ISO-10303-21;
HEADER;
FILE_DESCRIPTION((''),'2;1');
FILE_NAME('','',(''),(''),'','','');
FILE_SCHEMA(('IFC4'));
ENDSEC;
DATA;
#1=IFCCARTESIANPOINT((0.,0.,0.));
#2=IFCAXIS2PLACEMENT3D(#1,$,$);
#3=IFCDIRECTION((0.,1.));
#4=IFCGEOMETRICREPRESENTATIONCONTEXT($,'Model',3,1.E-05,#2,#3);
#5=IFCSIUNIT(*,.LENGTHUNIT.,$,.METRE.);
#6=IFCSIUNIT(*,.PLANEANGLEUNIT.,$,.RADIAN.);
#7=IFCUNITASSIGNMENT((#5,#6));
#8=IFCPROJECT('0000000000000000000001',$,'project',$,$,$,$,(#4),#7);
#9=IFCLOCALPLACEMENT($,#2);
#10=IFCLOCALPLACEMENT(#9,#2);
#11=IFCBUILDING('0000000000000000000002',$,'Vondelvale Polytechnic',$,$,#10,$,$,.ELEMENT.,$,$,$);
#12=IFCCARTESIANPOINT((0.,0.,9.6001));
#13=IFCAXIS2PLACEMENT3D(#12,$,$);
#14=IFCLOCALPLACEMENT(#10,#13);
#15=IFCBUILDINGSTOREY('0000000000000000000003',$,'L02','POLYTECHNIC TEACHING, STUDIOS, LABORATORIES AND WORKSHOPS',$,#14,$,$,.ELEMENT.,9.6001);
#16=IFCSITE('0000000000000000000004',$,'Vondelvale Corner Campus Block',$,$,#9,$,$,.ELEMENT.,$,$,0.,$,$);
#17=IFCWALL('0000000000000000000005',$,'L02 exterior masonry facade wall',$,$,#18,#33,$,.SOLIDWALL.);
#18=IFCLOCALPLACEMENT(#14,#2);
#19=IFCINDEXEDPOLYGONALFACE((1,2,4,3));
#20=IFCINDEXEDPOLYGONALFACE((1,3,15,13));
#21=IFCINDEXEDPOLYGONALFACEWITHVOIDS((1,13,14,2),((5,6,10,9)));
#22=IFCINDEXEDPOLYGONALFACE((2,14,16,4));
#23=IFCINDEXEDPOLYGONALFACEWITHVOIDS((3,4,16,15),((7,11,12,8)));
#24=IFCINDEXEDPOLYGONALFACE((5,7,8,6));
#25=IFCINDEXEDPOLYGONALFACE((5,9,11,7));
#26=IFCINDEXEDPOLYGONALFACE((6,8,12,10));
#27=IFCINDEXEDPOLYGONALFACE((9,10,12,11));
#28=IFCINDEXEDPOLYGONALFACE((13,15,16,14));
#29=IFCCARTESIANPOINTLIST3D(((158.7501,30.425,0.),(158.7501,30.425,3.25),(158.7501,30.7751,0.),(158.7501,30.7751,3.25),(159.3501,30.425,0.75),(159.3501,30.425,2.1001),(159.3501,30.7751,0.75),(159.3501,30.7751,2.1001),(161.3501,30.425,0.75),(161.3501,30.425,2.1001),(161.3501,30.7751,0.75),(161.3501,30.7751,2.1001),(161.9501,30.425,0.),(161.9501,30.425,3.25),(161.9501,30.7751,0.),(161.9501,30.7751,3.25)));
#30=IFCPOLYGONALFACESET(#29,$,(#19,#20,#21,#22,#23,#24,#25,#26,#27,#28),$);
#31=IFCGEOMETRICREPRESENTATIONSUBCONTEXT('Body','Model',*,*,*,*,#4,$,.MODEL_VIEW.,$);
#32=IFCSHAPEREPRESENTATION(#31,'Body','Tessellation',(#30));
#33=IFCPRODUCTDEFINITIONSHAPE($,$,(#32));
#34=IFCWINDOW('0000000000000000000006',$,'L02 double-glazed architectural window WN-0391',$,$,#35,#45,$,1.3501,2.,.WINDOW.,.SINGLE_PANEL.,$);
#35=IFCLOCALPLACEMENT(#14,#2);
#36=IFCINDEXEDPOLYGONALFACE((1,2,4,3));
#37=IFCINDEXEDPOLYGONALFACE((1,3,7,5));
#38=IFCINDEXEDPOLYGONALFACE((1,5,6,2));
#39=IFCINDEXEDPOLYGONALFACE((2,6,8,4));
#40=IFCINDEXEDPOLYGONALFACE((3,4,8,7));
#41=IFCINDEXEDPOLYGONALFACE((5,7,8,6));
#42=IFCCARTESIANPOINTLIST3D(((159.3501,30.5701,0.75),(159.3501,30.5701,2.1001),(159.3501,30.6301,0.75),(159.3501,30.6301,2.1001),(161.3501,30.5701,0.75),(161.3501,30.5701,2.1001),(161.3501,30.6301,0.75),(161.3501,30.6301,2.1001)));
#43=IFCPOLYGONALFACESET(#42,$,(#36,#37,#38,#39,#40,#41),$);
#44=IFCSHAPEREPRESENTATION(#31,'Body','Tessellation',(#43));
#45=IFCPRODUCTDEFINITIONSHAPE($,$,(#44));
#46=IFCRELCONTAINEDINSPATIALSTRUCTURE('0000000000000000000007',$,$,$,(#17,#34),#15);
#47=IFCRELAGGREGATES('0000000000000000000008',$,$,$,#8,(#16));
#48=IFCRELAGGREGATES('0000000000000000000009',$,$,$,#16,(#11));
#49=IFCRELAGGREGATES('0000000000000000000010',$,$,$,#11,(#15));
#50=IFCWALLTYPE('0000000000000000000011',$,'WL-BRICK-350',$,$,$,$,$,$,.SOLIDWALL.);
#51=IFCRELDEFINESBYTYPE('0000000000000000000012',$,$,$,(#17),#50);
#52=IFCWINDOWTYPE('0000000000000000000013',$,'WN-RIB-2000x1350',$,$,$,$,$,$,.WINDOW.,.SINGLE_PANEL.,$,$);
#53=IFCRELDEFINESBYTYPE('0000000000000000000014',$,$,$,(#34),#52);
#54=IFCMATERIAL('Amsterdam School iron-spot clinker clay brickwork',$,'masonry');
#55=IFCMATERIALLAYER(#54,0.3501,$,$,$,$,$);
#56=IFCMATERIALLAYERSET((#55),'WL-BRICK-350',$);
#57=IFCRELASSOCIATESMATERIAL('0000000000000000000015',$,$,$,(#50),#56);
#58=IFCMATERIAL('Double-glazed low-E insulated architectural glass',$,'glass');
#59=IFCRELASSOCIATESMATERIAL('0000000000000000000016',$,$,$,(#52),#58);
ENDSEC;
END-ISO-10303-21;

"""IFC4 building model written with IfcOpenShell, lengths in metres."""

from ifc_helpers import new_model, si_unit, direction, frame, frame_2d, origin, place, context, subcontext, project, spatial, rectangle, extrude, material, layer, layer_set, type_object, element, fill, save


model = new_model("IFC4")

# Units and contexts
model_context = context("Model", 3, precision=1e-05, world=origin(), true_north=direction((0.0, 1.0)))
body_context = subcontext(model_context, "Body", "Model", "MODEL_VIEW")
ifc_project = project(units=[si_unit("LENGTHUNIT", "METRE"), si_unit("PLANEANGLEUNIT", "RADIAN")], contexts=[model_context])

# Site, building, storey
site_placement = place(None, origin())
site = spatial("IfcSite", under=ifc_project, at=site_placement, Name="Vondelvale Corner Campus Block", CompositionType="ELEMENT", RefElevation=0.0)
building_placement = place(site_placement, origin())
building = spatial("IfcBuilding", under=site, at=building_placement, Name="Vondelvale Polytechnic", CompositionType="ELEMENT")
storey_placement = place(building_placement, frame((0.0, 0.0, 9.6001)))
storey = spatial("IfcBuildingStorey", under=building, at=storey_placement, Name="L02", Description="POLYTECHNIC TEACHING, STUDIOS, LABORATORIES AND WORKSHOPS", CompositionType="ELEMENT", Elevation=9.6001)

# Shared definitions
ifc_material_1 = material(Name="Double-glazed low-E insulated architectural glass", Category="glass")

# Wall, opening, window
ifc_material_2 = material(Name="Amsterdam School iron-spot clinker clay brickwork", Category="masonry")
ifc_layer_1 = layer(ifc_material_2, 0.3501)
ifc_layer_set_1 = layer_set([ifc_layer_1], Name="WL-BRICK-350")
wall_type = type_object("IfcWallType", Name="WL-BRICK-350", PredefinedType="SOLIDWALL", material=ifc_layer_set_1)
wall_placement = place(storey_placement, frame((158.75, 30.6001, 0.0), z_axis=(0.0, 0.0, 1.0), x_axis=(1.0, 0.0, 0.0)))
wall = element("IfcWall", 1, at=wall_placement, inside=storey, type_object=wall_type, Name="L02 exterior masonry facade wall", PredefinedType="SOLIDWALL", context=body_context, shape_type="SweptSolid", body=[
    extrude(rectangle(XDim=3.2, YDim=0.3501, at=frame_2d((1.6001, 0.0))), origin(), (0.0, 0.0, 1.0), 3.25),
])
opening_placement = place(wall_placement, frame((0.6001, 0.0, 0.75)))
opening = element("IfcOpeningElement", 2, at=opening_placement, cuts=wall, PredefinedType="OPENING", context=body_context, shape_type="SweptSolid", body=[
    extrude(rectangle(XDim=2.0, YDim=1.3501, at=frame_2d((1.0, 0.675))), frame((0.0, 0.1851, 0.0), z_axis=(0.0, -1.0, 0.0), x_axis=(1.0, 0.0, 0.0)), (0.0, 0.0, 1.0), 0.3701),
])
window_type = type_object("IfcWindowType", Name="WN-RIB-2000x1350", PartitioningType="SINGLE_PANEL", PredefinedType="WINDOW", material=ifc_material_1)
window_placement = place(opening_placement, origin())
window = element("IfcWindow", 3, at=window_placement, inside=storey, type_object=window_type, Name="L02 double-glazed architectural window WN-0391", OverallHeight=1.3501, OverallWidth=2.0, PartitioningType="SINGLE_PANEL", PredefinedType="WINDOW", context=body_context, shape_type="SweptSolid", body=[
    extrude(rectangle(XDim=2.0, YDim=1.3501, at=frame_2d((1.0, 0.675))), frame((0.0, 0.03, 0.0), z_axis=(0.0, -1.0, 0.0), x_axis=(1.0, 0.0, 0.0)), (0.0, 0.0, 1.0), 0.0601),
])
fill(opening, window)

save(model, "model.ifc")
